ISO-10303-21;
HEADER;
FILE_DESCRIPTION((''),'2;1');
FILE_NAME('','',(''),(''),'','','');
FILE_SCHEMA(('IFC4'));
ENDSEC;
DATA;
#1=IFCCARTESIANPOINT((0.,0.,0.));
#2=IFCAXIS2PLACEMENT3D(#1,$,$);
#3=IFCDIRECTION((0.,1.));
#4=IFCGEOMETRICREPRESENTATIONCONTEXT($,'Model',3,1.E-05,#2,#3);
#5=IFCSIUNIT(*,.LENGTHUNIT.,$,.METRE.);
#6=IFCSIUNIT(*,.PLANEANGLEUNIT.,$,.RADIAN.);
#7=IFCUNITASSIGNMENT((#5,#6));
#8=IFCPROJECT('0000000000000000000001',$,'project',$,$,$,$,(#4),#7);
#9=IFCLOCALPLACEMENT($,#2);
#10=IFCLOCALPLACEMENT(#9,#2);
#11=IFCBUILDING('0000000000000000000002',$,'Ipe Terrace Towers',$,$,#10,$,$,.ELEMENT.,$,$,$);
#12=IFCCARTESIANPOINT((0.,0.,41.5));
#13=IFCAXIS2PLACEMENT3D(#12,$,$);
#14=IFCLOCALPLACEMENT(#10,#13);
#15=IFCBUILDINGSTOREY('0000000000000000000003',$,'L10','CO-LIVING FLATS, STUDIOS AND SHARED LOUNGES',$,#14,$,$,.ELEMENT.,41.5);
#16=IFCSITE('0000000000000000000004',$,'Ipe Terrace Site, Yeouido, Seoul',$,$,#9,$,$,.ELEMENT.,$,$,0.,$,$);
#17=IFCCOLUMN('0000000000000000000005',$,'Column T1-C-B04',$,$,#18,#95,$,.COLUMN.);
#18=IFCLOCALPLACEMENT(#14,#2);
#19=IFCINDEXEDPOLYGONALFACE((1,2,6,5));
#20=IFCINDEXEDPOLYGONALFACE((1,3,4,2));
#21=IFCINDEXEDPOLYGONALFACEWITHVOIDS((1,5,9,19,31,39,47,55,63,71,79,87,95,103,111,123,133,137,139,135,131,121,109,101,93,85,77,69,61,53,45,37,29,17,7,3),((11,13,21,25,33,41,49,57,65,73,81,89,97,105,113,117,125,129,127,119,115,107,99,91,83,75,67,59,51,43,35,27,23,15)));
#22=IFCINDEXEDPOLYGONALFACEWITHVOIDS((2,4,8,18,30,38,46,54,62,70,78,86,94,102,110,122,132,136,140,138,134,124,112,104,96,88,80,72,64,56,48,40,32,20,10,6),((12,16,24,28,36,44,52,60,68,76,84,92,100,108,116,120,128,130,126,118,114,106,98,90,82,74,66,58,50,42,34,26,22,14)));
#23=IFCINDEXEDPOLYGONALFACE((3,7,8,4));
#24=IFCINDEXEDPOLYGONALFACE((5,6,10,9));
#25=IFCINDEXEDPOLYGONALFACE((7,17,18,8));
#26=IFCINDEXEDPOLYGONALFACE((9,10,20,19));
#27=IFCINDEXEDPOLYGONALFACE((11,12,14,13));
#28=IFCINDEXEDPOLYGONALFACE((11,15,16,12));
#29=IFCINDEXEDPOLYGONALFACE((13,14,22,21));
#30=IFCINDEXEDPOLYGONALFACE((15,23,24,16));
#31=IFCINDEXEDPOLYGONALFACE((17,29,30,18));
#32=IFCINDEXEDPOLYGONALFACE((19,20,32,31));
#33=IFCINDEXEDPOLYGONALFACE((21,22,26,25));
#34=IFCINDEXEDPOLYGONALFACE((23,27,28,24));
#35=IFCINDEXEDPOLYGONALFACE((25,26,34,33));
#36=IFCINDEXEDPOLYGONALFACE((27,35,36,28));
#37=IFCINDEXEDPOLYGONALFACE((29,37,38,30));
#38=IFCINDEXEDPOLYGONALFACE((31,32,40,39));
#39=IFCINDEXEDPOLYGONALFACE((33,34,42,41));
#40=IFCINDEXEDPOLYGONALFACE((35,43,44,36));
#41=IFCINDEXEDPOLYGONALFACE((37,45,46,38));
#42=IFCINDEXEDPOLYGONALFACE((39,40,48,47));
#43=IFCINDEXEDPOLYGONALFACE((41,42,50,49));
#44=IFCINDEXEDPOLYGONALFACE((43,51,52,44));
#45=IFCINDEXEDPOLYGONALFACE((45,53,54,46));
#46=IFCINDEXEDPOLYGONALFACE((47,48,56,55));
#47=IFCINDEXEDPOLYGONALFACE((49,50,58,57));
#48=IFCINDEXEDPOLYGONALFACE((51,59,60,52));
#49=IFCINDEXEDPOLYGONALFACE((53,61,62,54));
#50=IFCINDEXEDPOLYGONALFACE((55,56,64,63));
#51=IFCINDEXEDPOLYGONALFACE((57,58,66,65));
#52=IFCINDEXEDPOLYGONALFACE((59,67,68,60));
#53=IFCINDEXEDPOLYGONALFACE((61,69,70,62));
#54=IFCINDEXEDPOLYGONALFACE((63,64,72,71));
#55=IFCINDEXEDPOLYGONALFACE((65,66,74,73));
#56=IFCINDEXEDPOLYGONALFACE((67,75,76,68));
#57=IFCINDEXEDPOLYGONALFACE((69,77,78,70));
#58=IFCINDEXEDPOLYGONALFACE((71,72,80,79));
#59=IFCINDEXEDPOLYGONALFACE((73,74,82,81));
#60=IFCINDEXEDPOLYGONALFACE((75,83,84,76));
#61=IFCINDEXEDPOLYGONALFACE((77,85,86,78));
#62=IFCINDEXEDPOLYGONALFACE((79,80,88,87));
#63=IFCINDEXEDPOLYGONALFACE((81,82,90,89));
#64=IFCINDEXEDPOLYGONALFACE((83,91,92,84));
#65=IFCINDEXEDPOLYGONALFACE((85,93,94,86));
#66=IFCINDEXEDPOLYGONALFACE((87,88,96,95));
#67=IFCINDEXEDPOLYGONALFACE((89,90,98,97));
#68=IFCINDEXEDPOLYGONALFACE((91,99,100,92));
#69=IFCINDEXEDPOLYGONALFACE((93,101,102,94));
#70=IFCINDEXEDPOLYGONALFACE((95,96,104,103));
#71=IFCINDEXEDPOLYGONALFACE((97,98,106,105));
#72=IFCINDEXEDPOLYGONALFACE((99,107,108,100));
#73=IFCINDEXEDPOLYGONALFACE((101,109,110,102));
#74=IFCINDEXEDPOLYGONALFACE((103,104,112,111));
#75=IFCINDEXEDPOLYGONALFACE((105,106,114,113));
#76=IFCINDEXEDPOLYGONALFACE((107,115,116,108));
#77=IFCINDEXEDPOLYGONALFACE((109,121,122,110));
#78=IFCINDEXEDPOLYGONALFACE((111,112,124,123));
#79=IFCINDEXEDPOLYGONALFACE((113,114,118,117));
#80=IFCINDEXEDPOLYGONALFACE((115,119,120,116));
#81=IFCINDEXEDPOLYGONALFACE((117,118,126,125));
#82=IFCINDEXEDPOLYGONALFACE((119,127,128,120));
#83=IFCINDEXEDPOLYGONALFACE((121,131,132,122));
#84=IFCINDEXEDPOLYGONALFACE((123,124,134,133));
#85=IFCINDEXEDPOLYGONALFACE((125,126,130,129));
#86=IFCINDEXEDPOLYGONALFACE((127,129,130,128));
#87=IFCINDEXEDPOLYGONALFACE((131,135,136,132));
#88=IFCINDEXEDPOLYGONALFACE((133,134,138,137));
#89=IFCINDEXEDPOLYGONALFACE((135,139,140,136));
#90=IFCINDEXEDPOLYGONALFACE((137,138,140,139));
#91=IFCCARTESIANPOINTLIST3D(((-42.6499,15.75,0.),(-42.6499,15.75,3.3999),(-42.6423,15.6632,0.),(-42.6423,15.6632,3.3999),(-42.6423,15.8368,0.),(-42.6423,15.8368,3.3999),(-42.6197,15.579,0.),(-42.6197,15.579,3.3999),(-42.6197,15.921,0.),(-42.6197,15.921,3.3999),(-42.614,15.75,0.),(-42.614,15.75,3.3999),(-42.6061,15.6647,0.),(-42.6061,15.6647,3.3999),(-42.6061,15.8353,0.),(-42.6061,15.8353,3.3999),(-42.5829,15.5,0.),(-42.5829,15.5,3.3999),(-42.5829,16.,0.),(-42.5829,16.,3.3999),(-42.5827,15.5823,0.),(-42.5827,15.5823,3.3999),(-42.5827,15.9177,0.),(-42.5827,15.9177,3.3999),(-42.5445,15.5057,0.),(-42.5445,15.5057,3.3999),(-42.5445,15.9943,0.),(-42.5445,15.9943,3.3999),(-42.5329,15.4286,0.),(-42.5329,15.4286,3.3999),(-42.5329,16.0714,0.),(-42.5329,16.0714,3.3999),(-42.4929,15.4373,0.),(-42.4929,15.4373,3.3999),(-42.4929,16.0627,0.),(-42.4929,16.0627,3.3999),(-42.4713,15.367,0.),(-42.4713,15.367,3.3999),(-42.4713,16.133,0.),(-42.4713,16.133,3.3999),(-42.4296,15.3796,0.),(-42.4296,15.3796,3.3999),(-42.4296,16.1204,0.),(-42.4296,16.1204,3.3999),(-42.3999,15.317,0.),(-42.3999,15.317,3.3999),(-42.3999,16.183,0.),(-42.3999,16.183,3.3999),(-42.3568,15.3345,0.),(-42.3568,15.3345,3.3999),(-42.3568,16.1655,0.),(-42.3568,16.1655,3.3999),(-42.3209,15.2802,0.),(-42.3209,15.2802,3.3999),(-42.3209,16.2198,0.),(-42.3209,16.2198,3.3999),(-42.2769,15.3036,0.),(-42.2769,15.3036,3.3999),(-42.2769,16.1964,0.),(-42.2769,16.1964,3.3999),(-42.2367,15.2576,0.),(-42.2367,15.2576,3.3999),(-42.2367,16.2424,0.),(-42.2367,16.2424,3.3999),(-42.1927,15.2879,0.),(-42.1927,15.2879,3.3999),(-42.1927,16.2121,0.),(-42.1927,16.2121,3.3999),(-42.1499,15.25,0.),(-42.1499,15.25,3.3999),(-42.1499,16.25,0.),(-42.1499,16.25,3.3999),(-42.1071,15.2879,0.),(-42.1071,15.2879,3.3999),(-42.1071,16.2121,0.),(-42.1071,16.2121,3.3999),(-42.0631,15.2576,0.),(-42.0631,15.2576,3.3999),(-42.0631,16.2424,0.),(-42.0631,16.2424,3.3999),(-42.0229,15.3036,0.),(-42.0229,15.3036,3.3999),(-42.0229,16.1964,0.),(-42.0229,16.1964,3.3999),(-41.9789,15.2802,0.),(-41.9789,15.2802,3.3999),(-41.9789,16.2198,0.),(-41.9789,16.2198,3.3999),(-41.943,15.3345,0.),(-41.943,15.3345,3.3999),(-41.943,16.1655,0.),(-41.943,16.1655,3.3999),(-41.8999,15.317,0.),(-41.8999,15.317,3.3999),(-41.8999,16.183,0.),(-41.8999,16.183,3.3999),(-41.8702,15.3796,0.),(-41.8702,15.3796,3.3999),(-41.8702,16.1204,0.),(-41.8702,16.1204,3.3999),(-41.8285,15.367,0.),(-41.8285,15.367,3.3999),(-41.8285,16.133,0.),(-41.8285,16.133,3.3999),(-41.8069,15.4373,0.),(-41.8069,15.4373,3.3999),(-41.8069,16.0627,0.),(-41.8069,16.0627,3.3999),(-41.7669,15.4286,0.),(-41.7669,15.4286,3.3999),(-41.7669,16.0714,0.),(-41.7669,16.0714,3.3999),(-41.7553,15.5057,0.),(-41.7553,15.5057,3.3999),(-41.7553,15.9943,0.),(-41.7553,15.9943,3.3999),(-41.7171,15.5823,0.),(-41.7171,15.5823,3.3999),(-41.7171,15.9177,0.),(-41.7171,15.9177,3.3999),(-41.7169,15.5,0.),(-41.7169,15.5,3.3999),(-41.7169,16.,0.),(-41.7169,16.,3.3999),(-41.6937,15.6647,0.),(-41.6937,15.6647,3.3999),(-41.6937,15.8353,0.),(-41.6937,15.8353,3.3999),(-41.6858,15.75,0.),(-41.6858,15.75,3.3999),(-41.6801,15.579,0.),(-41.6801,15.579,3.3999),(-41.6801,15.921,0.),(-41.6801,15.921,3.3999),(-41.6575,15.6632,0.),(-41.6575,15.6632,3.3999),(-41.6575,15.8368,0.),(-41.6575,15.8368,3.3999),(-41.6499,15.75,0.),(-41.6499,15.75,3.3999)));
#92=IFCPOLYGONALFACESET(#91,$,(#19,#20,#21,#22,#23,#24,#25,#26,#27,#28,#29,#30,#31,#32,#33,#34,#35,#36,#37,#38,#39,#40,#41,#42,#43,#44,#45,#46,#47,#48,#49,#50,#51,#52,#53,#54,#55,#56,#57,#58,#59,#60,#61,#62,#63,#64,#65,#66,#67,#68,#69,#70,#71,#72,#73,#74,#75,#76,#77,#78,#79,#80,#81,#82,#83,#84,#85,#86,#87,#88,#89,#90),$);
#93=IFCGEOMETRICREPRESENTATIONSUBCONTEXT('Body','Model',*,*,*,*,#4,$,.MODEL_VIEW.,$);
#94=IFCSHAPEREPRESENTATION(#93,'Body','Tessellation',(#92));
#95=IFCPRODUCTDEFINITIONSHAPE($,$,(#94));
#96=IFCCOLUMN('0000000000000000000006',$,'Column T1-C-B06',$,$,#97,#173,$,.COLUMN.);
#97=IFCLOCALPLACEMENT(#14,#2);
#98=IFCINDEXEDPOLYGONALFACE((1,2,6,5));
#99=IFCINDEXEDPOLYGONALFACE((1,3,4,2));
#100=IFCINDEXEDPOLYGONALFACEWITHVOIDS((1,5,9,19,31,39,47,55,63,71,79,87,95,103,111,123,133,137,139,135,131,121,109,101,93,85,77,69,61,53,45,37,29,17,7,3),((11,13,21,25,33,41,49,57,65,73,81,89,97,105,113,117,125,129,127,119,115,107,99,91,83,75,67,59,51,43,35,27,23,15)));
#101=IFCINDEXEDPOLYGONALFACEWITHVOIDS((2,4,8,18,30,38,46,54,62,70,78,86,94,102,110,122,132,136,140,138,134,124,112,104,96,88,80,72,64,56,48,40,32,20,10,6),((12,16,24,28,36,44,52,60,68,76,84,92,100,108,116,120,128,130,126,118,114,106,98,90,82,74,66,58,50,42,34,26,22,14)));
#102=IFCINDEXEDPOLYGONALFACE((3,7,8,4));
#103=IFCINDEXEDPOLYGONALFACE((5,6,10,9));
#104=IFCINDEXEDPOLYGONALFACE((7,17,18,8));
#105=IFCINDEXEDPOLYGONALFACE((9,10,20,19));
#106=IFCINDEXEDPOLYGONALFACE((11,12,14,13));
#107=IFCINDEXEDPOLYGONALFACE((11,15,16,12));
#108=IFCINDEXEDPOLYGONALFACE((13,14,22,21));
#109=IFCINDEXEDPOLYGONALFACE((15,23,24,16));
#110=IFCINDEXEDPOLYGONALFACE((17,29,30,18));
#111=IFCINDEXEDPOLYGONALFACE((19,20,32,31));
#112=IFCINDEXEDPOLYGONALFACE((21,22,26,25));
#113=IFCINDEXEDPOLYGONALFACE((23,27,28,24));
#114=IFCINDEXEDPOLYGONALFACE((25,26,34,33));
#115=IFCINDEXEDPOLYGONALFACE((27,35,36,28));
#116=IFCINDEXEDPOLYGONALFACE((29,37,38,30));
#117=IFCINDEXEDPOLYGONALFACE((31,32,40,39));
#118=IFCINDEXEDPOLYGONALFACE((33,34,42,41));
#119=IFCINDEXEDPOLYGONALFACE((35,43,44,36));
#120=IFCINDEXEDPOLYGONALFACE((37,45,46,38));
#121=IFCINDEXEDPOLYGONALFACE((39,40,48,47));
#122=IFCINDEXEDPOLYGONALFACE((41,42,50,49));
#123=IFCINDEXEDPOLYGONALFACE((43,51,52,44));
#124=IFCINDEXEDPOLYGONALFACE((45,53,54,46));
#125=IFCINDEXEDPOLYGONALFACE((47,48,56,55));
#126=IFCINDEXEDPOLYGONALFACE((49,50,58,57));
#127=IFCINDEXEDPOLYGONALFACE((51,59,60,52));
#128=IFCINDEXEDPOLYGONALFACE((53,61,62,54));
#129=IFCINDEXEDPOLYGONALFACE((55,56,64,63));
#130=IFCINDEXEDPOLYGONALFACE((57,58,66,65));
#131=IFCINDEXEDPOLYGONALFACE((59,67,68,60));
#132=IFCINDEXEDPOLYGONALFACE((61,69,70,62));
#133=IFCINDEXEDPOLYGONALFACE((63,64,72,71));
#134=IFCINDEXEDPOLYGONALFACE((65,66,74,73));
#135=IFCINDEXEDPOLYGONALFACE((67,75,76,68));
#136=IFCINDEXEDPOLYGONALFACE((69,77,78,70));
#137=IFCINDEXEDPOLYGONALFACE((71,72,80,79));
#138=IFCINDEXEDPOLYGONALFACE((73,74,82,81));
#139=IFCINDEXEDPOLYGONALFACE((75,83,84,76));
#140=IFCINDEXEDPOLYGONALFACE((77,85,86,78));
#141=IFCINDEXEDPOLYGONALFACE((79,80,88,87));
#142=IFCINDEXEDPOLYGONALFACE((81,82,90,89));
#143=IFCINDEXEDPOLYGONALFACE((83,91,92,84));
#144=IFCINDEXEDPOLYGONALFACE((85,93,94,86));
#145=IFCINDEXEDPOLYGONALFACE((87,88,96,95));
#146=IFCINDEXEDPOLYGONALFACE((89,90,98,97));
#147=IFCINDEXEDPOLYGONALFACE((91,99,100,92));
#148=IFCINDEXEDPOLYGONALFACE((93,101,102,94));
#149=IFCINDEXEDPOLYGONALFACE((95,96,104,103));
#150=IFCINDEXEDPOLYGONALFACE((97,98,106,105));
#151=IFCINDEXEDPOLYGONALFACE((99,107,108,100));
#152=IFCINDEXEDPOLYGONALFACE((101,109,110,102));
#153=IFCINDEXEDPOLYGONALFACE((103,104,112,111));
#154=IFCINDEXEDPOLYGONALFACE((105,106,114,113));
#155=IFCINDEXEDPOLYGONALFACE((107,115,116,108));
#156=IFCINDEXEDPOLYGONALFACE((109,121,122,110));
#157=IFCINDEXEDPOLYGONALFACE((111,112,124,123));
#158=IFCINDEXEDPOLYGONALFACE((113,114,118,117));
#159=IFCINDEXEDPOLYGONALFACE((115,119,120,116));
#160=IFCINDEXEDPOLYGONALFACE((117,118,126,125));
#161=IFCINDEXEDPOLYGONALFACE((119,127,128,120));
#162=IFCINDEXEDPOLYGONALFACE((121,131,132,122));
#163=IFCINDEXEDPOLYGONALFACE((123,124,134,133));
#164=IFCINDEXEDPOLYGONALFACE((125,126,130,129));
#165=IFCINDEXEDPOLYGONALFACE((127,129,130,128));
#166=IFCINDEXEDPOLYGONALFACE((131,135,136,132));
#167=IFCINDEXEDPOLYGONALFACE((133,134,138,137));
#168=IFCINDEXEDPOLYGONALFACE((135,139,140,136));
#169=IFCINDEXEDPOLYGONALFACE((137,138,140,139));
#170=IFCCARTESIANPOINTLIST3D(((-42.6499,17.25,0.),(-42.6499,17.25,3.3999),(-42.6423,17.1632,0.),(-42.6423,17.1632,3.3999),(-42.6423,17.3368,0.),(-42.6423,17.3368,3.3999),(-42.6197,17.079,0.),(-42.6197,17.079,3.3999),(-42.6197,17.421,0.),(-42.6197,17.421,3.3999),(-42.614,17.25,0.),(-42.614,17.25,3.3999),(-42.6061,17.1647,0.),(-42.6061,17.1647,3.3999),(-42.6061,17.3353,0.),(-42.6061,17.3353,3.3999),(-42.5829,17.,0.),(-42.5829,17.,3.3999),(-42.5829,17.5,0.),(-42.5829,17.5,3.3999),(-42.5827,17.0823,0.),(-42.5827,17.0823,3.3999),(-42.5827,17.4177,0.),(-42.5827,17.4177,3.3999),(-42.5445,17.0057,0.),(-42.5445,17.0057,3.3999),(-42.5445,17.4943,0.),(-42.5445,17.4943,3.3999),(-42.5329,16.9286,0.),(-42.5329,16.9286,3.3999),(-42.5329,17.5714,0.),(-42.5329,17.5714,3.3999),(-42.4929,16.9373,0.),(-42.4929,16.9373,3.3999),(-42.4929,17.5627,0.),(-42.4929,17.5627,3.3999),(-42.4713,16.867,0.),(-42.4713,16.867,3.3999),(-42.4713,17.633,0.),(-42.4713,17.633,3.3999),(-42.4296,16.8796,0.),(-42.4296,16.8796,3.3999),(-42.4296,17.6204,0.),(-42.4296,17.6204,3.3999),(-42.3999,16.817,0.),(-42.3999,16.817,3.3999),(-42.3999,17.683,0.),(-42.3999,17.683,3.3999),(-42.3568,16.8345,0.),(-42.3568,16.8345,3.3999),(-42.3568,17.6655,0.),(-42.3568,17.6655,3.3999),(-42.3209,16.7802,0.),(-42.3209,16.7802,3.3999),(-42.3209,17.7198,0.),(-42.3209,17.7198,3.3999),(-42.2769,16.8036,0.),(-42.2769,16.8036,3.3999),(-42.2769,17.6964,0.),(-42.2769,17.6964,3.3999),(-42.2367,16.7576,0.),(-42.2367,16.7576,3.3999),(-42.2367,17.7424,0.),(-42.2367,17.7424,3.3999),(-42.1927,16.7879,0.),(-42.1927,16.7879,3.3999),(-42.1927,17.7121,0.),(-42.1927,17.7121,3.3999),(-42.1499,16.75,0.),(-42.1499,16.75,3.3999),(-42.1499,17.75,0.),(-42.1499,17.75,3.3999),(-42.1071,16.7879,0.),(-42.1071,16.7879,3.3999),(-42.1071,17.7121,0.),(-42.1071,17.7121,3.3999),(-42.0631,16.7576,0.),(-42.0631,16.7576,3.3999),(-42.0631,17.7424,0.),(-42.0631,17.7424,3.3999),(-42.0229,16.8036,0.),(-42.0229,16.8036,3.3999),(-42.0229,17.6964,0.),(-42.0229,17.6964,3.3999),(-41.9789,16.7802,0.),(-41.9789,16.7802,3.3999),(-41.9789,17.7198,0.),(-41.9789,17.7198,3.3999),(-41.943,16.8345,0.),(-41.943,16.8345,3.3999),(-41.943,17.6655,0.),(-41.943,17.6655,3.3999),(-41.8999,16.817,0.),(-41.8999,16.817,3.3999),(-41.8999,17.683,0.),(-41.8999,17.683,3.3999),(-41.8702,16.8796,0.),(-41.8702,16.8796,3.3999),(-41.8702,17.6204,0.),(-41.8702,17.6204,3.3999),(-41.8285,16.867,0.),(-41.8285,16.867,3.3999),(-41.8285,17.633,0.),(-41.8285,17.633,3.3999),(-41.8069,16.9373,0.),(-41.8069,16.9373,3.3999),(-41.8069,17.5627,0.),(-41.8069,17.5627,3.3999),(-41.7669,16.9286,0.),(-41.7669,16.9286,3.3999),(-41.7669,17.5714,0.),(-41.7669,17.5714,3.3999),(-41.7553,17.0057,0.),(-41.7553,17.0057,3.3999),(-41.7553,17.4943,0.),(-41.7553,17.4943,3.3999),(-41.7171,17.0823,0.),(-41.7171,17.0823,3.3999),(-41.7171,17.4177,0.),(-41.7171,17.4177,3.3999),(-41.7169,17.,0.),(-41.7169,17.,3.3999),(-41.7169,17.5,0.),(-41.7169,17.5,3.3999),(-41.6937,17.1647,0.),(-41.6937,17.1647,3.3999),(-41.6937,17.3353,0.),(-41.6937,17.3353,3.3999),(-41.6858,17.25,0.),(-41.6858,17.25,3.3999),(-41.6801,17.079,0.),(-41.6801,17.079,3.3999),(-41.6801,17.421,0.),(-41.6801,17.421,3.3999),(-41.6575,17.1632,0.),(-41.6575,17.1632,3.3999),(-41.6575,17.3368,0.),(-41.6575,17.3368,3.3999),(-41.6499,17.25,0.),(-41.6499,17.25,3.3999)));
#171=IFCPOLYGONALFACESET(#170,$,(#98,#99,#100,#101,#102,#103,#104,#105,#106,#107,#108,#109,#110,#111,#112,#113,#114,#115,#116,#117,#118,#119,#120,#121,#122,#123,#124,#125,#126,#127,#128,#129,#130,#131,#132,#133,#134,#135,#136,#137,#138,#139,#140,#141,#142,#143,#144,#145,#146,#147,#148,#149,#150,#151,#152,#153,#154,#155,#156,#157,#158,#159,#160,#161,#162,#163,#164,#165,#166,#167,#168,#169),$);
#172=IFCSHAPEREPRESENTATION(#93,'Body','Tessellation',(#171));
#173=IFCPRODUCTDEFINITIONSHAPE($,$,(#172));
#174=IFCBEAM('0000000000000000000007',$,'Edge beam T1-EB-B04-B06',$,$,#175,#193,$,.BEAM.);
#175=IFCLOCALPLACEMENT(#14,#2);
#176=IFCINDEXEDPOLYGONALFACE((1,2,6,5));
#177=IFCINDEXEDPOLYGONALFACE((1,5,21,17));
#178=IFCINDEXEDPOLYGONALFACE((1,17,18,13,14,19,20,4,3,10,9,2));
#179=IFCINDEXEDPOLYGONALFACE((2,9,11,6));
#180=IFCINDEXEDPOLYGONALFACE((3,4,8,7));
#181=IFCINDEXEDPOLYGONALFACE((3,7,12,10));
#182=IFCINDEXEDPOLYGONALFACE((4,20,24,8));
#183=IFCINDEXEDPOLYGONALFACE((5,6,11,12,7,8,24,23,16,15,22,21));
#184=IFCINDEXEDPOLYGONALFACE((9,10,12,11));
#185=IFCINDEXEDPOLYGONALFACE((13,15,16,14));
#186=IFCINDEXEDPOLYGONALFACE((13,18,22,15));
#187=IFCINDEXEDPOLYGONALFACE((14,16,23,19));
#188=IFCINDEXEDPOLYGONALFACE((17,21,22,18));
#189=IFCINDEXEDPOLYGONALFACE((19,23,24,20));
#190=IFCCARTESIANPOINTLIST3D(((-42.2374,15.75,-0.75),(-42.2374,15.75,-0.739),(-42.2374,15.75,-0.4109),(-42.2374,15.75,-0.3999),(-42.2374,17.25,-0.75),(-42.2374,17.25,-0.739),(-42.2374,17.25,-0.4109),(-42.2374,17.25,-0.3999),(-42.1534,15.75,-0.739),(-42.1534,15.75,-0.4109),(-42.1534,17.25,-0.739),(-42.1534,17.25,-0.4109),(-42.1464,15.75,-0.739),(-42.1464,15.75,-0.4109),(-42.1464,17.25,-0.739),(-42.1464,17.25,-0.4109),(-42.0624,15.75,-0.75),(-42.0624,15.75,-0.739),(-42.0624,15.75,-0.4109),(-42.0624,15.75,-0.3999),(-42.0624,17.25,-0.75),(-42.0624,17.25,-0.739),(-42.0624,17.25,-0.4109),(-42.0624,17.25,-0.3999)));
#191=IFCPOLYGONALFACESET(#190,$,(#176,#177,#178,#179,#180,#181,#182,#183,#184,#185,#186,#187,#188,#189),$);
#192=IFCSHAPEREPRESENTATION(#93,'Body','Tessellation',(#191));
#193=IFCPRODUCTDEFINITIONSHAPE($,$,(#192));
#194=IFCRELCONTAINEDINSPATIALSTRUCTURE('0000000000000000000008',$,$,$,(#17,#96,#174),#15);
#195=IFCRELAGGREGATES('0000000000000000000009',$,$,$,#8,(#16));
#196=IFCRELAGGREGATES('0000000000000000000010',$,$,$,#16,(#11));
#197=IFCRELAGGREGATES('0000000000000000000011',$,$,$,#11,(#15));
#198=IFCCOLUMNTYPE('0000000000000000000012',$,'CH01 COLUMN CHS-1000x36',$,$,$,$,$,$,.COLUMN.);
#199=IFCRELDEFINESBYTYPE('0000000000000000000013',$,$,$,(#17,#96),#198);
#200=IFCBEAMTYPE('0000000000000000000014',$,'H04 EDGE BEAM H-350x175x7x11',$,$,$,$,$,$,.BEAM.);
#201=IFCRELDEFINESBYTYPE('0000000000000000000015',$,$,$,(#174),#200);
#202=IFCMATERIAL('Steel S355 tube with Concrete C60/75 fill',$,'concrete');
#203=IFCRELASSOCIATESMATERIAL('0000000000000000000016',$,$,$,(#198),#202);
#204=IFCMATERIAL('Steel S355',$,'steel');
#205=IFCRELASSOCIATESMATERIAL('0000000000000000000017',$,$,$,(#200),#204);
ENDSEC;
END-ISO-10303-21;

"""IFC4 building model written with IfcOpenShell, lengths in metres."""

from ifc_helpers import new_model, si_unit, direction, frame, origin, origin_2d, place, context, subcontext, project, spatial, hollow_circle, i_section, extrude, material, material_profile, profile_set, type_object, element, save


model = new_model("IFC4")

# Units and contexts
model_context = context("Model", 3, precision=1e-05, world=origin(), true_north=direction((0.0, 1.0)))
body_context = subcontext(model_context, "Body", "Model", "MODEL_VIEW")
ifc_project = project(units=[si_unit("LENGTHUNIT", "METRE"), si_unit("PLANEANGLEUNIT", "RADIAN")], contexts=[model_context])

# Site, building, storey
site_placement = place(None, origin())
site = spatial("IfcSite", under=ifc_project, at=site_placement, Name="Ipe Terrace Site, Yeouido, Seoul", CompositionType="ELEMENT", RefElevation=0.0)
building_placement = place(site_placement, origin())
building = spatial("IfcBuilding", under=site, at=building_placement, Name="Ipe Terrace Towers", CompositionType="ELEMENT")
storey_placement = place(building_placement, frame((0.0, 0.0, 41.5)))
storey = spatial("IfcBuildingStorey", under=building, at=storey_placement, Name="L10", Description="CO-LIVING FLATS, STUDIOS AND SHARED LOUNGES", CompositionType="ELEMENT", Elevation=41.5)

# Columns
ifc_material_1 = material(Name="Steel S355 tube with Concrete C60/75 fill", Category="concrete")
ifc_material_profile_1 = material_profile(ifc_material_1, hollow_circle(Radius=0.5, WallThickness=0.0359, at=origin_2d()), Name="CHS-1000x36")
ifc_profile_set_1 = profile_set([ifc_material_profile_1], Name="Steel S355 tube with Concrete C60/75 fill")
column_type = type_object("IfcColumnType", Name="CH01 COLUMN CHS-1000x36", PredefinedType="COLUMN", material=ifc_profile_set_1)
for number, where, z_axis, x_axis, name in (
    (1, (-42.1499, 15.75, 0.0), (0.0, 0.0, 1.0), (1.0, 0.0, 0.0), "Column T1-C-B04"),
    (2, (-42.1499, 17.25, 0.0), (0.0, 0.0, 1.0), (1.0, 0.0, 0.0), "Column T1-C-B06"),
):
    element("IfcColumn", number, at=place(storey_placement, frame(where, z_axis=z_axis, x_axis=x_axis)), inside=storey, type_object=column_type, Name=name, PredefinedType="COLUMN", context=body_context, shape_type="SweptSolid", body=[
        extrude(hollow_circle(Radius=0.5, WallThickness=0.0359, at=origin_2d()), origin(), (0.0, 0.0, 1.0), 3.3999),
    ])

# Beam
ifc_material_2 = material(Name="Steel S355", Category="steel")
ifc_material_profile_2 = material_profile(ifc_material_2, i_section(OverallWidth=0.175, OverallDepth=0.3501, WebThickness=0.0071, FlangeThickness=0.011, at=origin_2d()), Name="H-350x175x7x11")
ifc_profile_set_2 = profile_set([ifc_material_profile_2], Name="Steel S355")
beam_type = type_object("IfcBeamType", Name="H04 EDGE BEAM H-350x175x7x11", PredefinedType="BEAM", material=ifc_profile_set_2)
beam_placement = place(storey_placement, frame((-42.1499, 15.75, -0.575), z_axis=(0.0, 1.0, 0.0), x_axis=(-1.0, 0.0, 0.0)))
element("IfcBeam", 3, at=beam_placement, inside=storey, type_object=beam_type, Name="Edge beam T1-EB-B04-B06", PredefinedType="BEAM", context=body_context, shape_type="SweptSolid", body=[
    extrude(i_section(OverallWidth=0.175, OverallDepth=0.3501, WebThickness=0.0071, FlangeThickness=0.011, at=origin_2d()), origin(), (0.0, 0.0, 1.0), 1.5),
])

save(model, "model.ifc")
